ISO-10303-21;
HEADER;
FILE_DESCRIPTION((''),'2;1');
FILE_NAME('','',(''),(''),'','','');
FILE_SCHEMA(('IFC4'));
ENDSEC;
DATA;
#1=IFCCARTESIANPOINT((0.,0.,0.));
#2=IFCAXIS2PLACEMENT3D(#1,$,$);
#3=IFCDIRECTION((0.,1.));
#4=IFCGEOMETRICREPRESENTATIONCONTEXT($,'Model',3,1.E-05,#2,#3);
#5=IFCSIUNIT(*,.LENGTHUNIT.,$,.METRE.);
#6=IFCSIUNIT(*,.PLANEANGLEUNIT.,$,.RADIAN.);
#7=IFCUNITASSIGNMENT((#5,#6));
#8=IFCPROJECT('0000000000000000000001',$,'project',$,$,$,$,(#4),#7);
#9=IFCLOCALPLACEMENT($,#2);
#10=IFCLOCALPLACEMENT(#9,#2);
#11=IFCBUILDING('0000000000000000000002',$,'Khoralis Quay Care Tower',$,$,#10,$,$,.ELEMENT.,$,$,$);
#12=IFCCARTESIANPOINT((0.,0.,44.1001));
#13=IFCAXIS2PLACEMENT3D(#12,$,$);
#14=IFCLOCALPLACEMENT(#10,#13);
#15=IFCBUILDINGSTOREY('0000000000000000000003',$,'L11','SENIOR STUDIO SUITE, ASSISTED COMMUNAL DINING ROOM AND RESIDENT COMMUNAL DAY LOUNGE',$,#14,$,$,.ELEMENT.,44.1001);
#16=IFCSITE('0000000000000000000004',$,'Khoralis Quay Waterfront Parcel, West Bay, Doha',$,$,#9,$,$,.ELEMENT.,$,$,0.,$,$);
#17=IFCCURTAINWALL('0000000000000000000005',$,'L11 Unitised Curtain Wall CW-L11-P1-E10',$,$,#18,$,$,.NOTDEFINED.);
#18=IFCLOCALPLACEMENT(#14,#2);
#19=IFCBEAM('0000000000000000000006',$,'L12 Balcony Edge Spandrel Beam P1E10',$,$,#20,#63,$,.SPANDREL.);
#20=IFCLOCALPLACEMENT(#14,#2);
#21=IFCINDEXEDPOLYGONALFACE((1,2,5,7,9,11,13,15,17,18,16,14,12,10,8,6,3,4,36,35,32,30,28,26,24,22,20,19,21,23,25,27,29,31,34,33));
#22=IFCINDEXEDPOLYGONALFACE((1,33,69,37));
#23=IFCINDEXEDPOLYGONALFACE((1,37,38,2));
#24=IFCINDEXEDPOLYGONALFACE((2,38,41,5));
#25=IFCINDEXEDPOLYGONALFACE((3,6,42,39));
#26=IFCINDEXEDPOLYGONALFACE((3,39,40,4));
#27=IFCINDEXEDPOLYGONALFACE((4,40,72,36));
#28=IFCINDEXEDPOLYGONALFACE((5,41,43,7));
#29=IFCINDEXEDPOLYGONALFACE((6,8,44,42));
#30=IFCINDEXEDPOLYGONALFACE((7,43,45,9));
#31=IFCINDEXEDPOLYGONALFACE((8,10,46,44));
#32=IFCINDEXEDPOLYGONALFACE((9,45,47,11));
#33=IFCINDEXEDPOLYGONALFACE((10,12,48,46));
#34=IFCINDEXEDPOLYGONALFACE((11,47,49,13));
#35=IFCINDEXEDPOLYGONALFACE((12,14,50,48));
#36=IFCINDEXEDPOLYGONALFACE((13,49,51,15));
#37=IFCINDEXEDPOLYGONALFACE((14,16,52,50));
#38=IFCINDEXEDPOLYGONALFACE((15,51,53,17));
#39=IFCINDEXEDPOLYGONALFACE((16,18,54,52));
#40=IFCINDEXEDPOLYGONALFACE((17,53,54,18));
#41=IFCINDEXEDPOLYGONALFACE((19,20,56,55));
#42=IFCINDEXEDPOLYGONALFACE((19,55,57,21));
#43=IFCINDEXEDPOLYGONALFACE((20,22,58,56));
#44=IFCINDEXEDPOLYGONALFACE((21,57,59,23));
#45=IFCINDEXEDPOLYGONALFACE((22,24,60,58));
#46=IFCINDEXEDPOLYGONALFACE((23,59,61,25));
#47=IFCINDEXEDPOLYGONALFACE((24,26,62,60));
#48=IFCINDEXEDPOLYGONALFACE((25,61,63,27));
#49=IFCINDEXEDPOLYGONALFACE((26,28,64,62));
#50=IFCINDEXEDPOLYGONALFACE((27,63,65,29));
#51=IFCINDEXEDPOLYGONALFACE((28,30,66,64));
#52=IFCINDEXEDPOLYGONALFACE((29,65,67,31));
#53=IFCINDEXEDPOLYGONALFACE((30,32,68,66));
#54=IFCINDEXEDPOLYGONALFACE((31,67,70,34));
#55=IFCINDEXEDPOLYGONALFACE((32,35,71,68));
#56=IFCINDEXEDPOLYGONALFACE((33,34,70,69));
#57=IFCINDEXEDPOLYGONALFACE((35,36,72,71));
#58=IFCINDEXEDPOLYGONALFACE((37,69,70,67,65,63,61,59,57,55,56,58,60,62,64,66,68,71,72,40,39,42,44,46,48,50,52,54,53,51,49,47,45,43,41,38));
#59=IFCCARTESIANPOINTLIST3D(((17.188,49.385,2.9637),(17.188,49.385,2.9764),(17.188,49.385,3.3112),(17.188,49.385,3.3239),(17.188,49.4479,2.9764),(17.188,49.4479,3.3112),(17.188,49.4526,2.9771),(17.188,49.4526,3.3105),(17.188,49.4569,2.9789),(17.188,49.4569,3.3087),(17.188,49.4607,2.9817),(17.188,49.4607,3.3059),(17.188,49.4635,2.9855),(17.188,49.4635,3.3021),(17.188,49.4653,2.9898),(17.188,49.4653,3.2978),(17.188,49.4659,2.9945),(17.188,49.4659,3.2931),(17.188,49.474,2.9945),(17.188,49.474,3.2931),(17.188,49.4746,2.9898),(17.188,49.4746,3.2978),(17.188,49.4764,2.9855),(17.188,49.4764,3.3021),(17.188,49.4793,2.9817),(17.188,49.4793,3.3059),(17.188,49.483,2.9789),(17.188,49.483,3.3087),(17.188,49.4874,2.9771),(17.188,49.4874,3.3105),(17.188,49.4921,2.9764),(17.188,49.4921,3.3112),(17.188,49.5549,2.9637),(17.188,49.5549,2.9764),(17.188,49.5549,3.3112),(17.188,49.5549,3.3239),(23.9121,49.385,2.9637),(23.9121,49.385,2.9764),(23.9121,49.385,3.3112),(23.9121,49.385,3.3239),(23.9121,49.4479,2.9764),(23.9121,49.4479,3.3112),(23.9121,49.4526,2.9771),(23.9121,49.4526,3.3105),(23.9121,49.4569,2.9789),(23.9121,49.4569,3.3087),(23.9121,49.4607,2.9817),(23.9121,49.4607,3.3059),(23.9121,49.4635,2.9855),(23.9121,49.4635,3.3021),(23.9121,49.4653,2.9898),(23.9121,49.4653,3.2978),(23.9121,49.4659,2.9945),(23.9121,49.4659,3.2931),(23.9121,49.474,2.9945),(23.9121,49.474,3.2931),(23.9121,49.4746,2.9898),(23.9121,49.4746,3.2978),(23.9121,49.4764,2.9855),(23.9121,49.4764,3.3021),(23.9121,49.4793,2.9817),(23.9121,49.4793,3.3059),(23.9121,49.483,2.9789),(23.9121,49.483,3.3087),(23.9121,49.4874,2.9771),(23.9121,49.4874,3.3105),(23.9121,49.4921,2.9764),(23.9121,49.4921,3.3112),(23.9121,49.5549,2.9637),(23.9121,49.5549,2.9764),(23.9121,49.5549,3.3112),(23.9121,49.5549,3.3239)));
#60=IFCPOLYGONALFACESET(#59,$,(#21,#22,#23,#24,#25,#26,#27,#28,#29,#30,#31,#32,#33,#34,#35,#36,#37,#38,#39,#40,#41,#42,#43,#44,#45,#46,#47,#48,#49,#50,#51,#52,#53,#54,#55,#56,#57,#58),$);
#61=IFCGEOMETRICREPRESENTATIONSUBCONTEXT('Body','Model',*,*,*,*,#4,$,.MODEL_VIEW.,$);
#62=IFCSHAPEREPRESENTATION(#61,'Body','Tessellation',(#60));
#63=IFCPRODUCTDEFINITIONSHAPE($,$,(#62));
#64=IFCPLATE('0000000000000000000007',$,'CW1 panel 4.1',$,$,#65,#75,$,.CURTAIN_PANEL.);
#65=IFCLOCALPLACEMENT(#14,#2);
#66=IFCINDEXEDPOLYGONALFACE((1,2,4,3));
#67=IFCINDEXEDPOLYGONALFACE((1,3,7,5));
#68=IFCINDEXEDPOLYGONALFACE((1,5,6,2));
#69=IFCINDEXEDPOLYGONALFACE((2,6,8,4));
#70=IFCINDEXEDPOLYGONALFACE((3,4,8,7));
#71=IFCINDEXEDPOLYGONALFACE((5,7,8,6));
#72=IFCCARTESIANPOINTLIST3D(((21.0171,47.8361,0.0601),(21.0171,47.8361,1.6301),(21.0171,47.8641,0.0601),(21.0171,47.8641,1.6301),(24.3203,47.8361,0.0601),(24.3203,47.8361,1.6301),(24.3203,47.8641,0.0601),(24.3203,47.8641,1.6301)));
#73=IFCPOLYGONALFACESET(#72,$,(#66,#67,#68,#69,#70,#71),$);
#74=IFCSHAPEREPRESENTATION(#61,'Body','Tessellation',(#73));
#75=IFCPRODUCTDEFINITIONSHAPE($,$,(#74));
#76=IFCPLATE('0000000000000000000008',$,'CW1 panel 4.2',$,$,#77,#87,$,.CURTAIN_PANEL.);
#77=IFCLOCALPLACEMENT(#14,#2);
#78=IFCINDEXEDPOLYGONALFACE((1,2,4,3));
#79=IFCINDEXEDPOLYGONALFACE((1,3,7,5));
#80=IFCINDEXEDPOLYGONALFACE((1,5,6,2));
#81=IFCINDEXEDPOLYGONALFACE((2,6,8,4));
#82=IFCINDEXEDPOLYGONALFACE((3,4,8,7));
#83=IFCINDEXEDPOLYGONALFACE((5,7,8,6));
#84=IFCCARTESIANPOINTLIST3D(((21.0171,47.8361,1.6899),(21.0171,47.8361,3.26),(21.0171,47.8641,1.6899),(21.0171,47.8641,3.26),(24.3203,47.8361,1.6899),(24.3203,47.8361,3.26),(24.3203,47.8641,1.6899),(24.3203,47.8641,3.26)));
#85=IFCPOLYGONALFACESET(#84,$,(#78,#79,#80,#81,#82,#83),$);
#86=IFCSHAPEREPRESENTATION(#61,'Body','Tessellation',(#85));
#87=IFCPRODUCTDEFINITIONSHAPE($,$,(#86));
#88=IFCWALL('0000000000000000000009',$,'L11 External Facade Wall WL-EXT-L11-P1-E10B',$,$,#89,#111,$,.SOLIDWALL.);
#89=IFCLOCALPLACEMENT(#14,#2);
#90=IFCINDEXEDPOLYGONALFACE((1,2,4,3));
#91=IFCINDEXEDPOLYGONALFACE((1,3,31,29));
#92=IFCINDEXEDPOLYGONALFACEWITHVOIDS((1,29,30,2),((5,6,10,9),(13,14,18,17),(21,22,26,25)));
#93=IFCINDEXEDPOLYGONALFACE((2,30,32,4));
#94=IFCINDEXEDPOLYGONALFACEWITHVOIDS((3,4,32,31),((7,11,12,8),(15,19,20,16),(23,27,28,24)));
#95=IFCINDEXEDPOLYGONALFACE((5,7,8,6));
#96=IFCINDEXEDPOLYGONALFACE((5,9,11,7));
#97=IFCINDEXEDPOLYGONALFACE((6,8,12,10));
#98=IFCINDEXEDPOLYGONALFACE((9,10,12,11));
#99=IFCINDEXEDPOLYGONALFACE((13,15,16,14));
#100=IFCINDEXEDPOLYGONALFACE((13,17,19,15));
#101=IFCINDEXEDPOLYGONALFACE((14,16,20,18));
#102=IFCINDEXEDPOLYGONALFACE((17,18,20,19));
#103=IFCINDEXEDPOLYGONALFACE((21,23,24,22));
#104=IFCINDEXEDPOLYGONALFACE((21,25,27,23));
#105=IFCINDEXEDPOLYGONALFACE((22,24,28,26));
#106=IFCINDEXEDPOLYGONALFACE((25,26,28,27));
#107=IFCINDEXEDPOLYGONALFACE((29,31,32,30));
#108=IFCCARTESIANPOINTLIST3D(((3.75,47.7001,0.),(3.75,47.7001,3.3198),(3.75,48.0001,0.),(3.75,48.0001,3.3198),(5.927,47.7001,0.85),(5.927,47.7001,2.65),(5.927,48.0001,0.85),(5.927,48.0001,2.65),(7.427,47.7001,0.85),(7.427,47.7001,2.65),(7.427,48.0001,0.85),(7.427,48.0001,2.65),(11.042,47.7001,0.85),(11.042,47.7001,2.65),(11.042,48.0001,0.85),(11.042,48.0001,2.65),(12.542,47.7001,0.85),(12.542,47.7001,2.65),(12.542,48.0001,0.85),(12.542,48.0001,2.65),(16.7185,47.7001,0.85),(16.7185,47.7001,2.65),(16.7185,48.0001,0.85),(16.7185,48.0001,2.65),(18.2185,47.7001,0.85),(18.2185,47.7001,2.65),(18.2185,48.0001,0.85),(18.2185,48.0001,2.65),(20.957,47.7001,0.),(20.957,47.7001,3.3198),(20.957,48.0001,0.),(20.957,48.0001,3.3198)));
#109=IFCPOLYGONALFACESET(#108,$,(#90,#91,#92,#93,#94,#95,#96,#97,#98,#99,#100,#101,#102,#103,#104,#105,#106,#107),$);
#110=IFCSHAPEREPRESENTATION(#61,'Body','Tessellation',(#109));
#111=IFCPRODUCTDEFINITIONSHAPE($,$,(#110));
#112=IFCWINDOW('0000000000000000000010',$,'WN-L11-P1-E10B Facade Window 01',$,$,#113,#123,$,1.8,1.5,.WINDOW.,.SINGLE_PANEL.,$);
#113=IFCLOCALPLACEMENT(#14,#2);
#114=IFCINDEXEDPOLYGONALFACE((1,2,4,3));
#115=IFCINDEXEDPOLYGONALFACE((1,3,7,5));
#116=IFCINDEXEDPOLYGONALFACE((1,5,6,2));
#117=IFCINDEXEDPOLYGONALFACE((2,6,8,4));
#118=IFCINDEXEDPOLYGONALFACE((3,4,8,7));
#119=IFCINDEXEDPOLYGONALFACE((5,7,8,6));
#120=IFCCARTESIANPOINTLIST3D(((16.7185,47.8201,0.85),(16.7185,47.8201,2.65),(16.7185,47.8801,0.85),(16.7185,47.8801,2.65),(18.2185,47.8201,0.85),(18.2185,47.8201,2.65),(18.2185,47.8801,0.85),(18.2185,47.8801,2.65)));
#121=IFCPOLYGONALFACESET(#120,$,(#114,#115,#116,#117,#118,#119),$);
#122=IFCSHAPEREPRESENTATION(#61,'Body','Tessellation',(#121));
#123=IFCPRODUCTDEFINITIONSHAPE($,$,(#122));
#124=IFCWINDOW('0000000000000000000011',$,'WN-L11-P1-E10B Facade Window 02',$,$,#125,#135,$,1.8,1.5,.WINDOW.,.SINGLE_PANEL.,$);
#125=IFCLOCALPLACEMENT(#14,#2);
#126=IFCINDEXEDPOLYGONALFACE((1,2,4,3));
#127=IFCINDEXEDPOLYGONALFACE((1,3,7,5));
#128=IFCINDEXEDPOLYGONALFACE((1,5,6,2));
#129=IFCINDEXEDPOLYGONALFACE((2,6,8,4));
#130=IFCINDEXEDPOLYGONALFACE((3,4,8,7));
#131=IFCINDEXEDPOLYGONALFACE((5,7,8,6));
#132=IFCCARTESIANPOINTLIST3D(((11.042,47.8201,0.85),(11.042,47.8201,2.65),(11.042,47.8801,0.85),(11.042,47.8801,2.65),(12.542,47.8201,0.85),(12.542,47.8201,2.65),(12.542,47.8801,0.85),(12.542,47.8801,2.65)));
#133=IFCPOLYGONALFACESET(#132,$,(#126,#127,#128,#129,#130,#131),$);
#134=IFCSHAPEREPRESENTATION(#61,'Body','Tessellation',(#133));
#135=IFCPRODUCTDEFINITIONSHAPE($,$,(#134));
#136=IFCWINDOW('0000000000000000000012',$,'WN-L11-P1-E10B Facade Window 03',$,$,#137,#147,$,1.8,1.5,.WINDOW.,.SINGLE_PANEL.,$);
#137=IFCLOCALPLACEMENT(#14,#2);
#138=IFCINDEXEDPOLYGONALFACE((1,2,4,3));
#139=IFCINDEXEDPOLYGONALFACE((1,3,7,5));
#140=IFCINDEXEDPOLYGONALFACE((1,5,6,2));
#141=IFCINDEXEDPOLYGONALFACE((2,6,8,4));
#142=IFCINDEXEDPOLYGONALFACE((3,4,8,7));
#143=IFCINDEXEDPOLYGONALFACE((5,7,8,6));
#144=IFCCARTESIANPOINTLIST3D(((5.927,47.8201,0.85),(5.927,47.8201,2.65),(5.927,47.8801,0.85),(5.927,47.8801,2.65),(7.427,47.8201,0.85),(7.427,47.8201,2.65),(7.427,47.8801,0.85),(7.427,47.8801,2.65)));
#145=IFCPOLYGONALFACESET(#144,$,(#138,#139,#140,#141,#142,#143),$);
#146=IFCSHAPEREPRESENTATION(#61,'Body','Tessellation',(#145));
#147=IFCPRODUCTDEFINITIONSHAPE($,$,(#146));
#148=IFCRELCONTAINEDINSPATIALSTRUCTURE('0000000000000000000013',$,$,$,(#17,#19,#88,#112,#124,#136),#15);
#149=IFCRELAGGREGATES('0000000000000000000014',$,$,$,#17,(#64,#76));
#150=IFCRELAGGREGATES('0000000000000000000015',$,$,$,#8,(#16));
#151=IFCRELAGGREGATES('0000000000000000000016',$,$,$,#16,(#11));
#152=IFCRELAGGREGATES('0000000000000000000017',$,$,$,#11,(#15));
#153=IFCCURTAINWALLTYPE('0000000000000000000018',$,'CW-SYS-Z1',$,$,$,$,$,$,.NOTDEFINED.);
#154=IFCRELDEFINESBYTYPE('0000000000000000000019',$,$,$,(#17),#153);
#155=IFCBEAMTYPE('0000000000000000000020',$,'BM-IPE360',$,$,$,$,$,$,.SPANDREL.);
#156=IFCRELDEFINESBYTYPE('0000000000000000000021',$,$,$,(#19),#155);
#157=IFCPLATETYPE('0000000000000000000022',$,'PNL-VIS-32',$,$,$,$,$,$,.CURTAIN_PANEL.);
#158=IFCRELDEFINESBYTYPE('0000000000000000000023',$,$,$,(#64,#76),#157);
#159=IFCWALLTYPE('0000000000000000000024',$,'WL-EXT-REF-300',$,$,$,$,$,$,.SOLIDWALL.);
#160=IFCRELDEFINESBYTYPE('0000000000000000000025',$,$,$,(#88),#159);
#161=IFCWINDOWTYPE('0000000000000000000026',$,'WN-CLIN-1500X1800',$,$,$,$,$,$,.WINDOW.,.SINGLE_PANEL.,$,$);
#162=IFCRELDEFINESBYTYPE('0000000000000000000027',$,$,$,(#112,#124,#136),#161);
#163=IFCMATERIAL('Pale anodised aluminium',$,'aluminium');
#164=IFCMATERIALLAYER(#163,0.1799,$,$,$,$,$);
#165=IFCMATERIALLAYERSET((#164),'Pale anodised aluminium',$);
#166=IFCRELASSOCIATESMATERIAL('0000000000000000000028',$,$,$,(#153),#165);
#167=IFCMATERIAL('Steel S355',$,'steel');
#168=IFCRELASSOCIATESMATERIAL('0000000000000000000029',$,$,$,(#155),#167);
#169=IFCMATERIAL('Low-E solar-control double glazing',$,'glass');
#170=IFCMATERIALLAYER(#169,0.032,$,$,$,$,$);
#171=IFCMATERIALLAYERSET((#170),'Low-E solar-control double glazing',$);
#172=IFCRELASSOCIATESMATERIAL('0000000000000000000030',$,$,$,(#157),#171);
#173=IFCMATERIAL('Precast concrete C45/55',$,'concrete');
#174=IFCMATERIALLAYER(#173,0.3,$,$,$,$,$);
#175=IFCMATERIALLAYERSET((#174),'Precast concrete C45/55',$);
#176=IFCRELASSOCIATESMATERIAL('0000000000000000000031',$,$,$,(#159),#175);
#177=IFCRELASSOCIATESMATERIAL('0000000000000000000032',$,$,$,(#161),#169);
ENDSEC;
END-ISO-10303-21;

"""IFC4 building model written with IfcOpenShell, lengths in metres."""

from ifc_helpers import new_model, si_unit, direction, frame, frame_2d, origin, origin_2d, place, context, subcontext, project, spatial, rectangle, i_section, extrude, source, transform, mapped, material, layer, layer_set, material_profile, profile_set, type_object, element, fill, aggregate, save


model = new_model("IFC4")

# Units and contexts
model_context = context("Model", 3, precision=1e-05, world=origin(), true_north=direction((0.0, 1.0)))
body_context = subcontext(model_context, "Body", "Model", "MODEL_VIEW")
ifc_project = project(units=[si_unit("LENGTHUNIT", "METRE"), si_unit("PLANEANGLEUNIT", "RADIAN")], contexts=[model_context])

# Site, building, storey
site_placement = place(None, origin())
site = spatial("IfcSite", under=ifc_project, at=site_placement, Name="Khoralis Quay Waterfront Parcel, West Bay, Doha", CompositionType="ELEMENT", RefElevation=0.0)
building_placement = place(site_placement, origin())
building = spatial("IfcBuilding", under=site, at=building_placement, Name="Khoralis Quay Care Tower", CompositionType="ELEMENT")
storey_placement = place(building_placement, frame((0.0, 0.0, 44.1001)))
storey = spatial("IfcBuildingStorey", under=building, at=storey_placement, Name="L11", Description="SENIOR STUDIO SUITE, ASSISTED COMMUNAL DINING ROOM AND RESIDENT COMMUNAL DAY LOUNGE", CompositionType="ELEMENT", Elevation=44.1001)

# Shared definitions
ifc_material_1 = material(Name="Steel S355", Category="steel")

# Curtain wall
ifc_material_2 = material(Name="Pale anodised aluminium", Category="aluminium")
ifc_layer_1 = layer(ifc_material_2, 0.1799)
ifc_layer_set_1 = layer_set([ifc_layer_1], Name="Pale anodised aluminium")
curtain_wall_type = type_object("IfcCurtainWallType", Name="CW-SYS-Z1", PredefinedType="NOTDEFINED", material=ifc_layer_set_1)
curtain_wall_placement = place(storey_placement, origin())
curtain_wall = element("IfcCurtainWall", 1, at=curtain_wall_placement, inside=storey, type_object=curtain_wall_type, Name="L11 Unitised Curtain Wall CW-L11-P1-E10", PredefinedType="NOTDEFINED")

# Beam
ifc_material_profile_1 = material_profile(ifc_material_1, i_section(OverallWidth=0.1699, OverallDepth=0.3601, WebThickness=0.0081, FlangeThickness=0.0127, FilletRadius=0.0181, at=origin_2d()), Name="Steel S355")
ifc_profile_set_1 = profile_set([ifc_material_profile_1], Name="Steel S355")
beam_type_1 = type_object("IfcBeamType", Name="BM-IPE360", PredefinedType="SPANDREL", material=ifc_profile_set_1)
shared_shape_1 = source(origin(), body_context, "Body", "SweptSolid", [
    extrude(i_section(OverallWidth=0.1699, OverallDepth=0.3601, WebThickness=0.0081, FlangeThickness=0.0127, FilletRadius=0.0181, at=origin_2d()), origin(), (0.0, 0.0, 1.0), 6.7241),
])
beam_1_placement = place(storey_placement, frame((17.188, 49.47, 3.1438), z_axis=(1.0, 0.0, 0.0), x_axis=(0.0, 1.0, 0.0)))
element("IfcBeam", 2, at=beam_1_placement, inside=storey, type_object=beam_type_1, Name="L12 Balcony Edge Spandrel Beam P1E10", PredefinedType="SPANDREL", context=body_context, shape_type="MappedRepresentation", body=[
    mapped(shared_shape_1, transform((0.0, 0.0, 0.0), scale=1.0)),
])

# Plates
ifc_material_3 = material(Name="Low-E solar-control double glazing", Category="glass")
ifc_layer_2 = layer(ifc_material_3, 0.032)
ifc_layer_set_2 = layer_set([ifc_layer_2], Name="Low-E solar-control double glazing")
plate_type = type_object("IfcPlateType", Name="PNL-VIS-32", PredefinedType="CURTAIN_PANEL", material=ifc_layer_set_2)
shared_shape_2 = source(origin(), body_context, "Body", "SweptSolid", [
    extrude(rectangle(XDim=3.3032, YDim=0.0281, at=origin_2d()), origin(), (0.0, 0.0, 1.0), 1.5701),
])
plate_1_placement = place(storey_placement, frame((22.6687, 47.8501, 0.0601), z_axis=(0.0, 0.0, 1.0), x_axis=(-1.0, 0.0, 0.0)))
plate_1 = element("IfcPlate", 3, at=plate_1_placement, type_object=plate_type, Name="CW1 panel 4.1", PredefinedType="CURTAIN_PANEL", context=body_context, shape_type="MappedRepresentation", body=[
    mapped(shared_shape_2, transform((0.0, 0.0, 0.0), scale=1.0)),
])
plate_2_placement = place(storey_placement, frame((22.6687, 47.8501, 1.6899), z_axis=(0.0, 0.0, 1.0), x_axis=(-1.0, 0.0, 0.0)))
plate_2 = element("IfcPlate", 4, at=plate_2_placement, type_object=plate_type, Name="CW1 panel 4.2", PredefinedType="CURTAIN_PANEL", context=body_context, shape_type="MappedRepresentation", body=[
    mapped(shared_shape_2, transform((0.0, 0.0, 0.0), scale=1.0)),
])
aggregate(curtain_wall, [plate_1, plate_2])

# Wall, openings, windows
ifc_material_4 = material(Name="Precast concrete C45/55", Category="concrete")
ifc_layer_3 = layer(ifc_material_4, 0.3)
ifc_layer_set_3 = layer_set([ifc_layer_3], Name="Precast concrete C45/55")
wall_type_1 = type_object("IfcWallType", Name="WL-EXT-REF-300", PredefinedType="SOLIDWALL", material=ifc_layer_set_3)
wall_1_placement = place(storey_placement, frame((20.957, 47.8501, 0.0), z_axis=(0.0, 0.0, 1.0), x_axis=(-1.0, 0.0, 0.0)))
wall_1 = element("IfcWall", 5, at=wall_1_placement, inside=storey, type_object=wall_type_1, Name="L11 External Facade Wall WL-EXT-L11-P1-E10B", PredefinedType="SOLIDWALL", context=body_context, shape_type="SweptSolid", body=[
    extrude(rectangle(XDim=17.207, YDim=0.3, at=frame_2d((8.6035, 0.0))), origin(), (0.0, 0.0, 1.0), 3.3198),
])
opening_1_placement = place(wall_1_placement, frame((2.7385, 0.0, 0.8501)))
opening_1 = element("IfcOpeningElement", 6, at=opening_1_placement, cuts=wall_1, PredefinedType="OPENING", context=body_context, shape_type="SweptSolid", body=[
    extrude(rectangle(XDim=1.5, YDim=1.8, at=frame_2d((0.75, 0.8999))), frame((0.0, 0.1602, 0.0), z_axis=(0.0, -1.0, 0.0), x_axis=(1.0, 0.0, 0.0)), (0.0, 0.0, 1.0), 0.3201),
])
opening_2_placement = place(wall_1_placement, frame((8.415, 0.0, 0.8501)))
opening_2 = element("IfcOpeningElement", 7, at=opening_2_placement, cuts=wall_1, PredefinedType="OPENING", context=body_context, shape_type="SweptSolid", body=[
    extrude(rectangle(XDim=1.5, YDim=1.8, at=frame_2d((0.75, 0.8999))), frame((0.0, 0.1602, 0.0), z_axis=(0.0, -1.0, 0.0), x_axis=(1.0, 0.0, 0.0)), (0.0, 0.0, 1.0), 0.3201),
])
opening_3_placement = place(wall_1_placement, frame((13.53, 0.0, 0.8501)))
opening_3 = element("IfcOpeningElement", 8, at=opening_3_placement, cuts=wall_1, PredefinedType="OPENING", context=body_context, shape_type="SweptSolid", body=[
    extrude(rectangle(XDim=1.5, YDim=1.8, at=frame_2d((0.75, 0.8999))), frame((0.0, 0.1602, 0.0), z_axis=(0.0, -1.0, 0.0), x_axis=(1.0, 0.0, 0.0)), (0.0, 0.0, 1.0), 0.3201),
])
window_type = type_object("IfcWindowType", Name="WN-CLIN-1500X1800", PartitioningType="SINGLE_PANEL", PredefinedType="WINDOW", material=ifc_material_3)
shared_shape_3 = source(origin(), body_context, "Body", "SweptSolid", [
    extrude(rectangle(XDim=1.5, YDim=1.8, at=frame_2d((0.75, 0.8999))), frame((0.0, 0.03, 0.0), z_axis=(0.0, -1.0, 0.0), x_axis=(1.0, 0.0, 0.0)), (0.0, 0.0, 1.0), 0.0601),
])
window_1_placement = place(opening_1_placement, origin())
window_1 = element("IfcWindow", 9, at=window_1_placement, inside=storey, type_object=window_type, Name="WN-L11-P1-E10B Facade Window 01", OverallHeight=1.8, OverallWidth=1.5, PartitioningType="SINGLE_PANEL", PredefinedType="WINDOW", context=body_context, shape_type="MappedRepresentation", body=[
    mapped(shared_shape_3, transform((0.0, 0.0, 0.0), scale=1.0)),
])
fill(opening_1, window_1)
window_2_placement = place(opening_2_placement, origin())
window_2 = element("IfcWindow", 10, at=window_2_placement, inside=storey, type_object=window_type, Name="WN-L11-P1-E10B Facade Window 02", OverallHeight=1.8, OverallWidth=1.5, PartitioningType="SINGLE_PANEL", PredefinedType="WINDOW", context=body_context, shape_type="MappedRepresentation", body=[
    mapped(shared_shape_3, transform((0.0, 0.0, 0.0), scale=1.0)),
])
fill(opening_2, window_2)
window_3_placement = place(opening_3_placement, origin())
window_3 = element("IfcWindow", 11, at=window_3_placement, inside=storey, type_object=window_type, Name="WN-L11-P1-E10B Facade Window 03", OverallHeight=1.8, OverallWidth=1.5, PartitioningType="SINGLE_PANEL", PredefinedType="WINDOW", context=body_context, shape_type="MappedRepresentation", body=[
    mapped(shared_shape_3, transform((0.0, 0.0, 0.0), scale=1.0)),
])
fill(opening_3, window_3)

save(model, "model.ifc")
